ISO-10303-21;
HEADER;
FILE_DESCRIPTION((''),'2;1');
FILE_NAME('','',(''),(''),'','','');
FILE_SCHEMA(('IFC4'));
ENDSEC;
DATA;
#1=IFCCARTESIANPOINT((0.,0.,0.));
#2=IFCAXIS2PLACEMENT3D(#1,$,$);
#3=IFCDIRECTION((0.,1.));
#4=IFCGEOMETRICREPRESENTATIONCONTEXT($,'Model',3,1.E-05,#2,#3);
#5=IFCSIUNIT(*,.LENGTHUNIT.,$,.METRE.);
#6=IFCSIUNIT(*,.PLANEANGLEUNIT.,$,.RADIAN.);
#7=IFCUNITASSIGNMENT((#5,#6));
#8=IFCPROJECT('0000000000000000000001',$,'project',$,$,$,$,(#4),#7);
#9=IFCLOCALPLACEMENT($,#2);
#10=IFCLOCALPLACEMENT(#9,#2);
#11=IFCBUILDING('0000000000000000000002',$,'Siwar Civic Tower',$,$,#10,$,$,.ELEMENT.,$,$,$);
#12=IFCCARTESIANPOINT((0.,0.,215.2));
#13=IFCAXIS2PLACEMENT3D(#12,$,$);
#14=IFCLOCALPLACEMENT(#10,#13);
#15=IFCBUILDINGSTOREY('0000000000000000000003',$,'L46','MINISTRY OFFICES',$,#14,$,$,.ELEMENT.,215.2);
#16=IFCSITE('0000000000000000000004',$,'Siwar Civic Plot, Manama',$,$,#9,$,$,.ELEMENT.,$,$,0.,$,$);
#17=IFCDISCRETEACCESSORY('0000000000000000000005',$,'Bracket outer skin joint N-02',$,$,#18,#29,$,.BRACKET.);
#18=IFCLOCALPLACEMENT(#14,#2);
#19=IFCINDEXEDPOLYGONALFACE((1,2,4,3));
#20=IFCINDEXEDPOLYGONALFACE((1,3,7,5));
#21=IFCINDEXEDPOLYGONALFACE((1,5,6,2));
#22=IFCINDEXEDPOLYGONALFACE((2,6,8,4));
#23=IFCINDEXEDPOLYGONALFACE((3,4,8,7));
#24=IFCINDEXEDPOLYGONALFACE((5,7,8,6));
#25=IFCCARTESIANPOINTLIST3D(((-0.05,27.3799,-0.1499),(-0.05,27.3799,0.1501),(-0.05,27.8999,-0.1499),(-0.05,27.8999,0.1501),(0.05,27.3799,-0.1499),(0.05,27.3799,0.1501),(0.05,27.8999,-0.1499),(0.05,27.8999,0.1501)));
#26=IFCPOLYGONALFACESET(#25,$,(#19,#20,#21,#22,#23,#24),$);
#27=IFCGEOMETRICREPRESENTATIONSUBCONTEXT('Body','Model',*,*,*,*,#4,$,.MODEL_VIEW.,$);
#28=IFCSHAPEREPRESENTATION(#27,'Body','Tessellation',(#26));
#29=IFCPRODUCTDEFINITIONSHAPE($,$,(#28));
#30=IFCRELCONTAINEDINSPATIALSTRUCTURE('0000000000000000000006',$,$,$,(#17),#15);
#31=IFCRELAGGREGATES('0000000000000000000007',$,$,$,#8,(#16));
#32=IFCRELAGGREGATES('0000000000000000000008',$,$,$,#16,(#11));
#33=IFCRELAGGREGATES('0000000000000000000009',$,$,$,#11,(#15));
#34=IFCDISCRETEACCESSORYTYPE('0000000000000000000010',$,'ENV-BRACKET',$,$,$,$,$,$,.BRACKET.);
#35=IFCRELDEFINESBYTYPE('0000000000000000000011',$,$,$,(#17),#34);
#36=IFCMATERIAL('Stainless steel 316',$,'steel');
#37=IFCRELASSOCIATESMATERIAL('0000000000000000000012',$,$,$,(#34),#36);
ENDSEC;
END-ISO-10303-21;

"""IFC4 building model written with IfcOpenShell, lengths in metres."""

from ifc_helpers import new_model, si_unit, direction, frame, origin, origin_2d, place, context, subcontext, project, spatial, rectangle, extrude, material, type_object, element, save


model = new_model("IFC4")

# Units and contexts
model_context = context("Model", 3, precision=1e-05, world=origin(), true_north=direction((0.0, 1.0)))
body_context = subcontext(model_context, "Body", "Model", "MODEL_VIEW")
ifc_project = project(units=[si_unit("LENGTHUNIT", "METRE"), si_unit("PLANEANGLEUNIT", "RADIAN")], contexts=[model_context])

# Site, building, storey
site_placement = place(None, origin())
site = spatial("IfcSite", under=ifc_project, at=site_placement, Name="Siwar Civic Plot, Manama", CompositionType="ELEMENT", RefElevation=0.0)
building_placement = place(site_placement, origin())
building = spatial("IfcBuilding", under=site, at=building_placement, Name="Siwar Civic Tower", CompositionType="ELEMENT")
storey_placement = place(building_placement, frame((0.0, 0.0, 215.2)))
storey = spatial("IfcBuildingStorey", under=building, at=storey_placement, Name="L46", Description="MINISTRY OFFICES", CompositionType="ELEMENT", Elevation=215.2)

# Discrete accessory
ifc_material_1 = material(Name="Stainless steel 316", Category="steel")
discrete_accessory_type = type_object("IfcDiscreteAccessoryType", Name="ENV-BRACKET", PredefinedType="BRACKET", material=ifc_material_1)
for number, where, z_axis, x_axis, name in (
    (1, (0.0, 27.6399, -0.1499), (0.0, 0.0, 1.0), (0.0, 1.0, 0.0), "Bracket outer skin joint N-02"),
):
    element("IfcDiscreteAccessory", number, at=place(storey_placement, frame(where, z_axis=z_axis, x_axis=x_axis)), inside=storey, type_object=discrete_accessory_type, Name=name, PredefinedType="BRACKET", context=body_context, shape_type="SweptSolid", body=[
        extrude(rectangle(XDim=0.52, YDim=0.1001, at=origin_2d()), origin(), (0.0, 0.0, 1.0), 0.3),
    ])

save(model, "model.ifc")
